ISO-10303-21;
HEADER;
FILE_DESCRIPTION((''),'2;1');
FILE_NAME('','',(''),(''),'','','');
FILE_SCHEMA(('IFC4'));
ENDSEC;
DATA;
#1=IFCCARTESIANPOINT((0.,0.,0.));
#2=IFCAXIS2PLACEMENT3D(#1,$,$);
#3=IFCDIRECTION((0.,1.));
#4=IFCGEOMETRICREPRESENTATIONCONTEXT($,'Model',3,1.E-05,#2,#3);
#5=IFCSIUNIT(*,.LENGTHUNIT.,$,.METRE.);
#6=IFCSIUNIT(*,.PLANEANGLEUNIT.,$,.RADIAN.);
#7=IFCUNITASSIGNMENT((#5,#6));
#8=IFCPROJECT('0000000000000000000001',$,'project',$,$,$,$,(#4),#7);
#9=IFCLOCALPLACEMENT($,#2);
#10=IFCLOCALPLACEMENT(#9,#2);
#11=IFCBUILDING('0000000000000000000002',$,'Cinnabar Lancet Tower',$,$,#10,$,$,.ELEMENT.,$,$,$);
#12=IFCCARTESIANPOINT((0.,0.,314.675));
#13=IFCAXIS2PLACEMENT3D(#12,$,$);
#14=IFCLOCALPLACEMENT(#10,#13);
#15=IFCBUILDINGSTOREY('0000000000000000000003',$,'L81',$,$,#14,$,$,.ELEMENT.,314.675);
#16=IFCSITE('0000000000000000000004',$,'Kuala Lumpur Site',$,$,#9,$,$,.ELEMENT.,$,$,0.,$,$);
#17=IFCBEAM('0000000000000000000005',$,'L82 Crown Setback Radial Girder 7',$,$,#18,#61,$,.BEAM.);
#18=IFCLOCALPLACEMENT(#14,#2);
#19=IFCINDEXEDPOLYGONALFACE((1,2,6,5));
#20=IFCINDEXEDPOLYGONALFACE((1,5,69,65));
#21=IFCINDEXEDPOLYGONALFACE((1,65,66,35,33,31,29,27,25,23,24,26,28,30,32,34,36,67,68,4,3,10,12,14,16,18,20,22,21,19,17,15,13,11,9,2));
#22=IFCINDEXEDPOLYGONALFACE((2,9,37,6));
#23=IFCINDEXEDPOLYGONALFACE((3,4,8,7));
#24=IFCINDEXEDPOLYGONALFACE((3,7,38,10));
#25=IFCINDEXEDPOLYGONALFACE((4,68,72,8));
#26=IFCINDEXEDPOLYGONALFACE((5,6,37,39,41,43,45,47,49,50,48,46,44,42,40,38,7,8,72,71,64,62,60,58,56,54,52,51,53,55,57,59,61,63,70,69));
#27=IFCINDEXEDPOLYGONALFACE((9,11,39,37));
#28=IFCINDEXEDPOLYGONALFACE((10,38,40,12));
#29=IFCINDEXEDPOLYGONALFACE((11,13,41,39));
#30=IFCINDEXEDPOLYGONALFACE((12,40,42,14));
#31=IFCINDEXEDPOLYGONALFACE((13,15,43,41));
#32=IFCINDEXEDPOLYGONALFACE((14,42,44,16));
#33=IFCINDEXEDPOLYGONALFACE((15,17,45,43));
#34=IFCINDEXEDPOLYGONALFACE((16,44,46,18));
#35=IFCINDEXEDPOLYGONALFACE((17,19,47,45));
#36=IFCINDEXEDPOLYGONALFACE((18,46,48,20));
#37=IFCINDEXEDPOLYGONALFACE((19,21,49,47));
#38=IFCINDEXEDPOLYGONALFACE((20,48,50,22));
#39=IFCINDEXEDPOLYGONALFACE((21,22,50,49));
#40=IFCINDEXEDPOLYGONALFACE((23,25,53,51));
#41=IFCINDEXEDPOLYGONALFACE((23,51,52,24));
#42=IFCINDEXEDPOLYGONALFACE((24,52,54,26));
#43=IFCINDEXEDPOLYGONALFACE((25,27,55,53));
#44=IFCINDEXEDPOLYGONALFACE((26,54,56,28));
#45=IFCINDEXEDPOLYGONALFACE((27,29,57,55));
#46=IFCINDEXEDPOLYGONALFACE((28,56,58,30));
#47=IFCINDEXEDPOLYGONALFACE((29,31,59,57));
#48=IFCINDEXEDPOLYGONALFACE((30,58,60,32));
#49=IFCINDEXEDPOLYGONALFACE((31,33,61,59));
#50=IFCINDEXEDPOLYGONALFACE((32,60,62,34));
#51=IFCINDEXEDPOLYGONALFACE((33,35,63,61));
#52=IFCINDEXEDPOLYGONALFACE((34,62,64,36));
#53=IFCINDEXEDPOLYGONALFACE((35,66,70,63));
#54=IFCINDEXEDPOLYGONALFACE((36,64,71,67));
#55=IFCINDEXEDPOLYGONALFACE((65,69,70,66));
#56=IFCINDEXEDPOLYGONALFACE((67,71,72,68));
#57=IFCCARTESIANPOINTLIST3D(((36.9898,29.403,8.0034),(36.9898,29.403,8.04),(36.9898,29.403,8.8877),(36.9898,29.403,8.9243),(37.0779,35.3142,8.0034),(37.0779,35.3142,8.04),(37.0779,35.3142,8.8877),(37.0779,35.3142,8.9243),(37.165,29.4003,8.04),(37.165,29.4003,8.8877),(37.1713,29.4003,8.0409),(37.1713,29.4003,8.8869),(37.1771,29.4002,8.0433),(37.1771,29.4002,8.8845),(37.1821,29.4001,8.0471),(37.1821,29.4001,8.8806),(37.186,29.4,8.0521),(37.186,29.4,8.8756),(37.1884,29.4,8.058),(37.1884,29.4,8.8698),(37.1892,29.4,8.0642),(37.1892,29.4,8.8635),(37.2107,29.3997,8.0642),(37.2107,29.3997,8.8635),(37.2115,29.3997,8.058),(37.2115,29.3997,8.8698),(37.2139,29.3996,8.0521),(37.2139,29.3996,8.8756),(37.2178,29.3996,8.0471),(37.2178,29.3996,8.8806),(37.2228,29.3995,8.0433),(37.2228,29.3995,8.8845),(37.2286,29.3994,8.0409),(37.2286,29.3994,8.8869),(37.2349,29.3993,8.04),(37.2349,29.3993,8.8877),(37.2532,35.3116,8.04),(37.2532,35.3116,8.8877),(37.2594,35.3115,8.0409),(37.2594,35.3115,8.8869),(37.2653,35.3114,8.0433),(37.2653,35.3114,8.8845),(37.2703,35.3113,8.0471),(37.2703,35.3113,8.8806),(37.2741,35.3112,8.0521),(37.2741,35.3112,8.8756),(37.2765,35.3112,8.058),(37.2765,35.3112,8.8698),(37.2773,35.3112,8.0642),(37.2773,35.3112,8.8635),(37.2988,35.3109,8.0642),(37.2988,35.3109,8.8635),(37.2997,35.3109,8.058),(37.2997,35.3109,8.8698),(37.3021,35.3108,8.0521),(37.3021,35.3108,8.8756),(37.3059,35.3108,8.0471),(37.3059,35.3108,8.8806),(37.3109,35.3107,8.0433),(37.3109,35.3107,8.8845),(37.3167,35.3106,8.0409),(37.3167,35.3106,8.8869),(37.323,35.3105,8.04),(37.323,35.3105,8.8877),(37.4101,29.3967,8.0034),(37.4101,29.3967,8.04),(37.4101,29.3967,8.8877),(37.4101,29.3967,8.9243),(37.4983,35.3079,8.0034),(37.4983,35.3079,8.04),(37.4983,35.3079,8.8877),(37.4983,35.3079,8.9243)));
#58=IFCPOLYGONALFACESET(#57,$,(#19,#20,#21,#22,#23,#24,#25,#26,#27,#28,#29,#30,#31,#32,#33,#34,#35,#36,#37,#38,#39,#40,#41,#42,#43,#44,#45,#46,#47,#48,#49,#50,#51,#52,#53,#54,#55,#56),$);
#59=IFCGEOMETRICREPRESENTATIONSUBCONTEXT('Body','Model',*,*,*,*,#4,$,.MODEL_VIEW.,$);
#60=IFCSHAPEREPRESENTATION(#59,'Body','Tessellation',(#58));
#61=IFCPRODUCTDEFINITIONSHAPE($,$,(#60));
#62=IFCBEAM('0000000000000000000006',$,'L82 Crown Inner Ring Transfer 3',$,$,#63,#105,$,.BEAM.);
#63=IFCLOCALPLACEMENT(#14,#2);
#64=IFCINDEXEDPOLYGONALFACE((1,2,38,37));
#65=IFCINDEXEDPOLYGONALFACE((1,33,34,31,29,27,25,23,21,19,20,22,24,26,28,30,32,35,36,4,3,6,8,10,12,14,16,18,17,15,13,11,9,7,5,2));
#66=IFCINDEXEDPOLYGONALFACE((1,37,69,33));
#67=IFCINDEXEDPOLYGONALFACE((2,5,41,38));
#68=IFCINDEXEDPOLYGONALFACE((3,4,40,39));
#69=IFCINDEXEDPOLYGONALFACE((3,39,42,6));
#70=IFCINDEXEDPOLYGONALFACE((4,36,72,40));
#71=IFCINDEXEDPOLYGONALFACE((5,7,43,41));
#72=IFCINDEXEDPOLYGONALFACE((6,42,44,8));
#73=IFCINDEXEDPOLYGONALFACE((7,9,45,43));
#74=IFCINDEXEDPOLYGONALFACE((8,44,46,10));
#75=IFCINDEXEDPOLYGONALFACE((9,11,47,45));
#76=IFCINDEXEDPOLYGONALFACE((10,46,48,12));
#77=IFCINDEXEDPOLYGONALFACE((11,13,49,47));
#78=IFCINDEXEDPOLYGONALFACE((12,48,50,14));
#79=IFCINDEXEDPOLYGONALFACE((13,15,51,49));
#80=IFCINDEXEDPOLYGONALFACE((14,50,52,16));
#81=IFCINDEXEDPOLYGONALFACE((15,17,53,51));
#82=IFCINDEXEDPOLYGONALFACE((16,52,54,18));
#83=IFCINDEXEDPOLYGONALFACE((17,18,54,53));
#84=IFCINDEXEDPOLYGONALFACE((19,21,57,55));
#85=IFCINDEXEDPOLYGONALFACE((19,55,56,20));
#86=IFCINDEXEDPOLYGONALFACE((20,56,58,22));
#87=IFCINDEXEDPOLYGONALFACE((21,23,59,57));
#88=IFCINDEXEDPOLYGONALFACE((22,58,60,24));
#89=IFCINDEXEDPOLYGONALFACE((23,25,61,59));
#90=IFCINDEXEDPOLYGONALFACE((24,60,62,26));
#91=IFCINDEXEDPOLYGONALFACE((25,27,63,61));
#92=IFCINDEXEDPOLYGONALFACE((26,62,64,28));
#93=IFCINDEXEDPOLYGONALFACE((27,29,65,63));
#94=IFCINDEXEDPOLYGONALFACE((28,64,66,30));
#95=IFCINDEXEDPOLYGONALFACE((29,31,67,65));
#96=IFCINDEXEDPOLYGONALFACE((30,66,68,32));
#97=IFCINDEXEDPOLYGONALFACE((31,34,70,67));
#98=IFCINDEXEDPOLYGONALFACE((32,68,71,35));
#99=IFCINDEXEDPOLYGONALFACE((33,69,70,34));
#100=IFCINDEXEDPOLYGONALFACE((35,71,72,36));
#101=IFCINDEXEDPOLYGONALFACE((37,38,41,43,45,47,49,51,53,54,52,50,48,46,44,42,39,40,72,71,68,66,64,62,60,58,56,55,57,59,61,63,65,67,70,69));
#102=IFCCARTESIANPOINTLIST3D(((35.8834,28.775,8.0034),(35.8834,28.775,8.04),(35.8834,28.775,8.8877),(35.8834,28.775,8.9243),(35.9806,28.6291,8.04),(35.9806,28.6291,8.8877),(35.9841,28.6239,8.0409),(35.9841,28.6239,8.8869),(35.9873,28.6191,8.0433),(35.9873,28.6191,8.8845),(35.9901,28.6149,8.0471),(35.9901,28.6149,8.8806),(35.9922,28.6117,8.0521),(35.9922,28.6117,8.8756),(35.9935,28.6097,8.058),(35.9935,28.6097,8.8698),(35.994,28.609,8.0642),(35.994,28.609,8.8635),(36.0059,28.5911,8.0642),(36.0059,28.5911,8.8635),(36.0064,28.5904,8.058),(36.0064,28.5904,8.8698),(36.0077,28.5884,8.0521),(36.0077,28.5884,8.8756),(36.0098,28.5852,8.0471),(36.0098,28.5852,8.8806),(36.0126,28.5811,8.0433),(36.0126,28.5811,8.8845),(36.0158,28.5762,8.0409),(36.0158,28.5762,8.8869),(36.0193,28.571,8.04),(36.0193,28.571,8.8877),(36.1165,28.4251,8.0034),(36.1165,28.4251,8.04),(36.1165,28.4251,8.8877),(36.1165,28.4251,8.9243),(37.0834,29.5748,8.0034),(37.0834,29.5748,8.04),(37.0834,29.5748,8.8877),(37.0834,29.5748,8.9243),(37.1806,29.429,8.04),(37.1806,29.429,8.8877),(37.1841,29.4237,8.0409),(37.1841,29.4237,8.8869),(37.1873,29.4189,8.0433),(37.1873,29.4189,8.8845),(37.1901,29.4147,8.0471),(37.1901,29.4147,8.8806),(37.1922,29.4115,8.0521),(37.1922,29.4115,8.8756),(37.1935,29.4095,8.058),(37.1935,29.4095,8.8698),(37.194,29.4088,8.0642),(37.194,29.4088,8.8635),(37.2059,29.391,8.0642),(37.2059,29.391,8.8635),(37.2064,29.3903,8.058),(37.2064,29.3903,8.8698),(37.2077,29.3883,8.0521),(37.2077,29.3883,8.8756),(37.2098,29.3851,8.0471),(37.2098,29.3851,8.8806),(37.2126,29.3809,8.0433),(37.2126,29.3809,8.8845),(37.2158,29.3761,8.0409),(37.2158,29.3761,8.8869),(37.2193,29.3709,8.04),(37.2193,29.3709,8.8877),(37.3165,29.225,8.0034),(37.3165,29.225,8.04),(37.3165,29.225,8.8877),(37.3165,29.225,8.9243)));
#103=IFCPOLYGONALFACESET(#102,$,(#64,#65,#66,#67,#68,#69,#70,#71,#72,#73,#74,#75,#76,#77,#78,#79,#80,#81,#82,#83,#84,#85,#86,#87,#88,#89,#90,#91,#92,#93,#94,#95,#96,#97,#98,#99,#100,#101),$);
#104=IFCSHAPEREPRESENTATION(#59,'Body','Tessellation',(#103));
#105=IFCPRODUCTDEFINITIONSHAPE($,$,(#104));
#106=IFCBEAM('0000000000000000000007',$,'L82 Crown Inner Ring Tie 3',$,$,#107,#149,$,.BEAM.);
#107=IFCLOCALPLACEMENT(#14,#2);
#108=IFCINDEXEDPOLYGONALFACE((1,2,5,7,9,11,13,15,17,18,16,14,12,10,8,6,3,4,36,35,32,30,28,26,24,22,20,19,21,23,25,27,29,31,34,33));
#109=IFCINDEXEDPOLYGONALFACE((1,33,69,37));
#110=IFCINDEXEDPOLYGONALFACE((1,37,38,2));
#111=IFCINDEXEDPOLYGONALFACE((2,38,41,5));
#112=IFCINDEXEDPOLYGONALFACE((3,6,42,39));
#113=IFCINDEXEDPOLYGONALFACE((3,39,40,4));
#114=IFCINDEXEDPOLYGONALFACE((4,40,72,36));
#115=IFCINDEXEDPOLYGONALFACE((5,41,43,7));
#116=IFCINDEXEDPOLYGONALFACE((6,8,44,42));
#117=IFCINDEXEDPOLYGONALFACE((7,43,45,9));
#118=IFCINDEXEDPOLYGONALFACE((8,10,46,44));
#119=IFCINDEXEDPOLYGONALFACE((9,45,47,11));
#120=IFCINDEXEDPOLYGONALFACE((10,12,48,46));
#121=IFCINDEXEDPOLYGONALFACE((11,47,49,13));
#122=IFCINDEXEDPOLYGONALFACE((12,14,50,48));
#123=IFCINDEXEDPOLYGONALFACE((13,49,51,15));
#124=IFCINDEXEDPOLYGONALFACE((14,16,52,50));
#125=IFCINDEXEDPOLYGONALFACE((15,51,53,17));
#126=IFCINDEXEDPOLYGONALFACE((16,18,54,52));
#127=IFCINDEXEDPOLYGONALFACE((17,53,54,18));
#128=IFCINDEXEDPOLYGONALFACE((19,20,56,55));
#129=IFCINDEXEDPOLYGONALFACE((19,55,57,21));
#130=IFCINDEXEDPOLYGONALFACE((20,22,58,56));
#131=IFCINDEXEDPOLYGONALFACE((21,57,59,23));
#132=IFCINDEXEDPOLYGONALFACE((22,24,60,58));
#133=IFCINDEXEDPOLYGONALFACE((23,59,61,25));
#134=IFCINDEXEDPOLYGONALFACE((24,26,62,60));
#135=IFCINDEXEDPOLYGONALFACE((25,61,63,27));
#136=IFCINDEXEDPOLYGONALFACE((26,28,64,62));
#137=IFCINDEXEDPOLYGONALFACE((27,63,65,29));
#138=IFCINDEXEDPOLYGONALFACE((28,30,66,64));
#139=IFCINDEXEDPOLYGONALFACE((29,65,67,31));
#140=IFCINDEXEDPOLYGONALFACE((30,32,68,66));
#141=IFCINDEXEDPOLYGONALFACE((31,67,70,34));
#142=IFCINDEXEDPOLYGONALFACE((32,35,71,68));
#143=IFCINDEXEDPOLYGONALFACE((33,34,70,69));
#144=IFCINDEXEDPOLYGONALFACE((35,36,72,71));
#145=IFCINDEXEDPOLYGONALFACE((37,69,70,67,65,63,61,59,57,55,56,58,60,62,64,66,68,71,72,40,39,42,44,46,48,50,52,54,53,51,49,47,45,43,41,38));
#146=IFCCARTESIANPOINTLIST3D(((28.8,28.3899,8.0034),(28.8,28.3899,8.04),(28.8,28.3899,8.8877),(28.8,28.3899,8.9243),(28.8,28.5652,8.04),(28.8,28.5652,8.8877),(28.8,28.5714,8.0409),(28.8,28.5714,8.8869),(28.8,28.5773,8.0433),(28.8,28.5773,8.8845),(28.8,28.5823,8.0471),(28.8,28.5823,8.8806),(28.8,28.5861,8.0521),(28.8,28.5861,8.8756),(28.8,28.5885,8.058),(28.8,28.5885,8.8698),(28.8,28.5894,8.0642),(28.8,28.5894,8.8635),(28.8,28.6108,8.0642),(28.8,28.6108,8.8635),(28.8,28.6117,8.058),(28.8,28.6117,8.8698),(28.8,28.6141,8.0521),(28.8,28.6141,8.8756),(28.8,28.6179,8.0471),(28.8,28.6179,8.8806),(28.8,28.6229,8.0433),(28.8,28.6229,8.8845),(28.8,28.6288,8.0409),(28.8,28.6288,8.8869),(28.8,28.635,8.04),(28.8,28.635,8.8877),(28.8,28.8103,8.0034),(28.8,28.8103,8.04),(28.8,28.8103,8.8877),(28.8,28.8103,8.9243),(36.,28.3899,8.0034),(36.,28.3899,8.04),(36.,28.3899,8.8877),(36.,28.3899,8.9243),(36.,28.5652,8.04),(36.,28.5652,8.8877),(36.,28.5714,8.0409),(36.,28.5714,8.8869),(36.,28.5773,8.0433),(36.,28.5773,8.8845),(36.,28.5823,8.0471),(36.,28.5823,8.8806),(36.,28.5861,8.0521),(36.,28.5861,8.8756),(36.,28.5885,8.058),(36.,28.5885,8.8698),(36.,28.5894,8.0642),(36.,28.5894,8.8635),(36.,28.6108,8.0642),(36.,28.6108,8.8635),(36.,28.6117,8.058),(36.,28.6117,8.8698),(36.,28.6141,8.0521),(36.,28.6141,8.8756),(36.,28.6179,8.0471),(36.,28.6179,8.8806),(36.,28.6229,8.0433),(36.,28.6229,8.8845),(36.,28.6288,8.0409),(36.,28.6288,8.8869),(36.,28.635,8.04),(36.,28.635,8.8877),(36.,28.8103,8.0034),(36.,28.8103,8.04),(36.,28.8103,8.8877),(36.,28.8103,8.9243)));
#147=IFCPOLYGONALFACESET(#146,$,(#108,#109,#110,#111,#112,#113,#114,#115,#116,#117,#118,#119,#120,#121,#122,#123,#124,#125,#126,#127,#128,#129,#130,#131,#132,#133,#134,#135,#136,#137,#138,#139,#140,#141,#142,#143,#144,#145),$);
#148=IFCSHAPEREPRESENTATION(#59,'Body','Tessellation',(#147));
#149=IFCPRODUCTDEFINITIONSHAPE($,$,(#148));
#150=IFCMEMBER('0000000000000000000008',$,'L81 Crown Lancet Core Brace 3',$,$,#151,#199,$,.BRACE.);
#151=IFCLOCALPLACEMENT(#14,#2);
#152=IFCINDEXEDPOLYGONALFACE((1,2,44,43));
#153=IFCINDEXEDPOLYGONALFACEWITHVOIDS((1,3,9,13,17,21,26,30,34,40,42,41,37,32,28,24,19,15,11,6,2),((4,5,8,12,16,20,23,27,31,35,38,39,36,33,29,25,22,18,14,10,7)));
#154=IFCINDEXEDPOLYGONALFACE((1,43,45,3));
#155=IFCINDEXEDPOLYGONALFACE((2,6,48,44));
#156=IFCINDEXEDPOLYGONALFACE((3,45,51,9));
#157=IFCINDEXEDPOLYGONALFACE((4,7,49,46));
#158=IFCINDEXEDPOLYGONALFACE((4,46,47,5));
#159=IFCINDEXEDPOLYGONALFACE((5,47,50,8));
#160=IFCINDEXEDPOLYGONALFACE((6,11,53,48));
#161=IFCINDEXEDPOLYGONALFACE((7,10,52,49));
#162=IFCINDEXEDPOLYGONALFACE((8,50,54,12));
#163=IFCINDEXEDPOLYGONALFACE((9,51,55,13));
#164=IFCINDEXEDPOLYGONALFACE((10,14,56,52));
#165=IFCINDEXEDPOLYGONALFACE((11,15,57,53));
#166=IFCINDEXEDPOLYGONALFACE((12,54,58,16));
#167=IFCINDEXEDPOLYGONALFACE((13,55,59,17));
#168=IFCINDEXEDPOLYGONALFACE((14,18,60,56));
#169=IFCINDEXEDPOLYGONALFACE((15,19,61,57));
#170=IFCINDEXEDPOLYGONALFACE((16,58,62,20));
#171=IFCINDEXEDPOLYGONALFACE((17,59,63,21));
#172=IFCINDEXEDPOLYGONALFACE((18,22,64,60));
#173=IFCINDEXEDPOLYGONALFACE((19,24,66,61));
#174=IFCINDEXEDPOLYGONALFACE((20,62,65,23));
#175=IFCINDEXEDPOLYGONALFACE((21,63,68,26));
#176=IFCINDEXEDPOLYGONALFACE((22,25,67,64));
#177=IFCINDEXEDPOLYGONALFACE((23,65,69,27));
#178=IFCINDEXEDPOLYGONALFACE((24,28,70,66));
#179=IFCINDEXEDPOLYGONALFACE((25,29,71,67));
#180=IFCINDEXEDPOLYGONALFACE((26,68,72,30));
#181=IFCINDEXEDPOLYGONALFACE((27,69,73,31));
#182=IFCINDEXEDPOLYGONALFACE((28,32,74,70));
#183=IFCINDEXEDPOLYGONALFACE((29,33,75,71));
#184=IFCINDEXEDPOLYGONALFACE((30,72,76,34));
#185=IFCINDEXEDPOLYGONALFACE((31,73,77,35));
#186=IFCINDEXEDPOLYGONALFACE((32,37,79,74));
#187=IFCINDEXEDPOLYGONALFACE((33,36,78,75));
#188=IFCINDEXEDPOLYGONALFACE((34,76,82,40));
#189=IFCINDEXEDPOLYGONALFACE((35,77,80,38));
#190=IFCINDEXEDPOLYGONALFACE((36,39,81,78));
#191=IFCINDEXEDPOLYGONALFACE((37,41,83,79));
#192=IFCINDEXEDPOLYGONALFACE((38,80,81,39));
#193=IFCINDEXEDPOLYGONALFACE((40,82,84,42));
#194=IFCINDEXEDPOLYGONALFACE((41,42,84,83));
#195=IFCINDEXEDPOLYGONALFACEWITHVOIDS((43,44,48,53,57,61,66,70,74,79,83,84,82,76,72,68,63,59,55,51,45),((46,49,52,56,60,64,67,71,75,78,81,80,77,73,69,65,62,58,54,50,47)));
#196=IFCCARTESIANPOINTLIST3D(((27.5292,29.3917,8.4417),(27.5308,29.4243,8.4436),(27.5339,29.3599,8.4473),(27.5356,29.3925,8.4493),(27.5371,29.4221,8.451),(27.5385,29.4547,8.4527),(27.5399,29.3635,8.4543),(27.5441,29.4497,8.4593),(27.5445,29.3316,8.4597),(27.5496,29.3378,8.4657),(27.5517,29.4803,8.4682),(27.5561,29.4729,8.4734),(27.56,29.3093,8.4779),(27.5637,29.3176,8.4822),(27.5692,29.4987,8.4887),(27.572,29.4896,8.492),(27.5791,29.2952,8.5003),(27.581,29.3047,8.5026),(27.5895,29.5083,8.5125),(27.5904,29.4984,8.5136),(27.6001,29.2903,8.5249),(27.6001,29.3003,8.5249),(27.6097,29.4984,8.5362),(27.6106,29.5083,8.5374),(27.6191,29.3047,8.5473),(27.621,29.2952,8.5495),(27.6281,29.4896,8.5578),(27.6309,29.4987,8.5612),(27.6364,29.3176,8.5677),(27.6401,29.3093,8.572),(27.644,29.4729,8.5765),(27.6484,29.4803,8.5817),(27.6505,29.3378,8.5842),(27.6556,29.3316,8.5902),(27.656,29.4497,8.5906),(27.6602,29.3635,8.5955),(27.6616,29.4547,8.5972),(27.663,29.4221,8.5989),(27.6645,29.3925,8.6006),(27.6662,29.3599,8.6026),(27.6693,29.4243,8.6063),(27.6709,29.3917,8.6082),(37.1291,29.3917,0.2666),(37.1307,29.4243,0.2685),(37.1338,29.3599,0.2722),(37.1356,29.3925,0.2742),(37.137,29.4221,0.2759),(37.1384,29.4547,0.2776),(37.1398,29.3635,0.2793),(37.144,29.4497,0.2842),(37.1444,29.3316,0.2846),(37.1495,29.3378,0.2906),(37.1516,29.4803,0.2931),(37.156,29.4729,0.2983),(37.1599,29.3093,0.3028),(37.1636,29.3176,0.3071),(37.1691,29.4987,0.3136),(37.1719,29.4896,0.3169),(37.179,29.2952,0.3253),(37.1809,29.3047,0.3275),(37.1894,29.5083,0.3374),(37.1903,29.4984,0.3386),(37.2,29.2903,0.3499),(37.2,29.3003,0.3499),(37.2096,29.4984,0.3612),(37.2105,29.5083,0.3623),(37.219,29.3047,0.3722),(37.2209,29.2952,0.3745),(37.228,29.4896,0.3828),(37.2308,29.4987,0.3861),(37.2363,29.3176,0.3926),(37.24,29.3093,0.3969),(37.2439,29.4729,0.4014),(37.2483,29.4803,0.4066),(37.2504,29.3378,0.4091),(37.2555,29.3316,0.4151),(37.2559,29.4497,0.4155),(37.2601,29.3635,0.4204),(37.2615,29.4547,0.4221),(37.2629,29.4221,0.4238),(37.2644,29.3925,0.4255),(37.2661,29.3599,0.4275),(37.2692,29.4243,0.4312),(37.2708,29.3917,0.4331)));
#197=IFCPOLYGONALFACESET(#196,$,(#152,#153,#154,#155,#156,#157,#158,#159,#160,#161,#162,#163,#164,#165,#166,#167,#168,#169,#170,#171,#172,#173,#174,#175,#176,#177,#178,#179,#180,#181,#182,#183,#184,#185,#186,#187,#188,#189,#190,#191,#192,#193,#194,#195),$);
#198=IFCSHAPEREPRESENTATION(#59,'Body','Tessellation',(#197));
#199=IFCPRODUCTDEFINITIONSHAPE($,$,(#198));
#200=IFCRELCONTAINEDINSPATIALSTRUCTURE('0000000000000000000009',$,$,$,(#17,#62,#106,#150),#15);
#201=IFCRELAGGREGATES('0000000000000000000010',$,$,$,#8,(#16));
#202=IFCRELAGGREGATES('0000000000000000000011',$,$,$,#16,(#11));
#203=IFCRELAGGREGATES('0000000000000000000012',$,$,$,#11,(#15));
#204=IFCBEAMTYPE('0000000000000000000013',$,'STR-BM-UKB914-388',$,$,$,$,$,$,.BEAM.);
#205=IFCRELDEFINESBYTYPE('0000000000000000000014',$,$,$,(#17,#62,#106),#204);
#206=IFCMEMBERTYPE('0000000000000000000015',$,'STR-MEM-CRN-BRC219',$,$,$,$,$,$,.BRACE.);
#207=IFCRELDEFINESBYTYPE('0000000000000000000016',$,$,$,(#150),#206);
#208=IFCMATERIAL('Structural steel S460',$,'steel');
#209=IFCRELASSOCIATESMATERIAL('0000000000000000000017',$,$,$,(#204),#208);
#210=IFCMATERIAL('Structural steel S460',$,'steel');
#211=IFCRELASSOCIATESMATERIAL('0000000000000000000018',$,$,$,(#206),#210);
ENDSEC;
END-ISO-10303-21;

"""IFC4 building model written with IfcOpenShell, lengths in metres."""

from ifc_helpers import new_model, si_unit, direction, frame, origin, origin_2d, place, context, subcontext, project, spatial, hollow_circle, i_section, extrude, material, material_profile, profile_set, type_object, element, save


model = new_model("IFC4")

# Units and contexts
model_context = context("Model", 3, precision=1e-05, world=origin(), true_north=direction((0.0, 1.0)))
body_context = subcontext(model_context, "Body", "Model", "MODEL_VIEW")
ifc_project = project(units=[si_unit("LENGTHUNIT", "METRE"), si_unit("PLANEANGLEUNIT", "RADIAN")], contexts=[model_context])

# Site, building, storey
site_placement = place(None, origin())
site = spatial("IfcSite", under=ifc_project, at=site_placement, Name="Kuala Lumpur Site", CompositionType="ELEMENT", RefElevation=0.0)
building_placement = place(site_placement, origin())
building = spatial("IfcBuilding", under=site, at=building_placement, Name="Cinnabar Lancet Tower", CompositionType="ELEMENT")
storey_placement = place(building_placement, frame((0.0, 0.0, 314.675)))
storey = spatial("IfcBuildingStorey", under=building, at=storey_placement, Name="L81", CompositionType="ELEMENT", Elevation=314.675)

# Beams
ifc_material_1 = material(Name="Structural steel S460", Category="steel")
ifc_material_profile_1 = material_profile(ifc_material_1, i_section(OverallWidth=0.4204, OverallDepth=0.9209, WebThickness=0.0215, FlangeThickness=0.0366, FilletRadius=0.0242, at=origin_2d()), Name="UKB 914x419x388")
ifc_profile_set_1 = profile_set([ifc_material_profile_1], Name="Structural steel S460")
beam_type = type_object("IfcBeamType", Name="STR-BM-UKB914-388", PredefinedType="BEAM", material=ifc_profile_set_1)
beam_1_placement = place(storey_placement, frame((37.2881, 35.311, 8.4639), z_axis=(-0.014908, -0.999889, 0.0), x_axis=(0.999889, -0.014908, 0.0)))
element("IfcBeam", 1, at=beam_1_placement, inside=storey, type_object=beam_type, Name="L82 Crown Setback Radial Girder 7", PredefinedType="BEAM", context=body_context, shape_type="SweptSolid", body=[
    extrude(i_section(OverallWidth=0.4204, OverallDepth=0.9209, WebThickness=0.0215, FlangeThickness=0.0366, FilletRadius=0.0242, at=origin_2d()), origin(), (0.0, 0.0, 1.0), 5.9119),
])
beam_2_placement = place(storey_placement, frame((37.2, 29.3999, 8.4639), z_axis=(-0.832102, -0.554622, 0.0), x_axis=(0.554622, -0.832102, 0.0)))
element("IfcBeam", 2, at=beam_2_placement, inside=storey, type_object=beam_type, Name="L82 Crown Inner Ring Transfer 3", PredefinedType="BEAM", context=body_context, shape_type="SweptSolid", body=[
    extrude(i_section(OverallWidth=0.4204, OverallDepth=0.9209, WebThickness=0.0215, FlangeThickness=0.0366, FilletRadius=0.0242, at=origin_2d()), origin(), (0.0, 0.0, 1.0), 1.4421),
])
beam_3_placement = place(storey_placement, frame((36.0, 28.6001, 8.4639), z_axis=(-1.0, 0.0, 0.0), x_axis=(0.0, -1.0, 0.0)))
element("IfcBeam", 3, at=beam_3_placement, inside=storey, type_object=beam_type, Name="L82 Crown Inner Ring Tie 3", PredefinedType="BEAM", context=body_context, shape_type="SweptSolid", body=[
    extrude(i_section(OverallWidth=0.4204, OverallDepth=0.9209, WebThickness=0.0215, FlangeThickness=0.0366, FilletRadius=0.0242, at=origin_2d()), origin(), (0.0, 0.0, 1.0), 7.2),
])

# Member
ifc_material_2 = material(Name="Structural steel S460", Category="steel")
ifc_material_profile_2 = material_profile(ifc_material_2, hollow_circle(Radius=0.1096, WallThickness=0.01, at=origin_2d()), Name="CHS 219.1x10")
ifc_profile_set_2 = profile_set([ifc_material_profile_2], Name="Structural steel S460")
member_type_1 = type_object("IfcMemberType", Name="STR-MEM-CRN-BRC219", PredefinedType="BRACE", material=ifc_profile_set_2)
member_1_placement = place(storey_placement, frame((37.2, 29.3999, 0.3499), z_axis=(-0.761345, 0.0, 0.648347), x_axis=(0.0, -1.0, 0.0)))
element("IfcMember", 4, at=member_1_placement, inside=storey, type_object=member_type_1, Name="L81 Crown Lancet Core Brace 3", PredefinedType="BRACE", context=body_context, shape_type="SweptSolid", body=[
    extrude(hollow_circle(Radius=0.1096, WallThickness=0.01, at=origin_2d()), origin(), (0.0, 0.0, 1.0), 12.6091),
])

save(model, "model.ifc")
